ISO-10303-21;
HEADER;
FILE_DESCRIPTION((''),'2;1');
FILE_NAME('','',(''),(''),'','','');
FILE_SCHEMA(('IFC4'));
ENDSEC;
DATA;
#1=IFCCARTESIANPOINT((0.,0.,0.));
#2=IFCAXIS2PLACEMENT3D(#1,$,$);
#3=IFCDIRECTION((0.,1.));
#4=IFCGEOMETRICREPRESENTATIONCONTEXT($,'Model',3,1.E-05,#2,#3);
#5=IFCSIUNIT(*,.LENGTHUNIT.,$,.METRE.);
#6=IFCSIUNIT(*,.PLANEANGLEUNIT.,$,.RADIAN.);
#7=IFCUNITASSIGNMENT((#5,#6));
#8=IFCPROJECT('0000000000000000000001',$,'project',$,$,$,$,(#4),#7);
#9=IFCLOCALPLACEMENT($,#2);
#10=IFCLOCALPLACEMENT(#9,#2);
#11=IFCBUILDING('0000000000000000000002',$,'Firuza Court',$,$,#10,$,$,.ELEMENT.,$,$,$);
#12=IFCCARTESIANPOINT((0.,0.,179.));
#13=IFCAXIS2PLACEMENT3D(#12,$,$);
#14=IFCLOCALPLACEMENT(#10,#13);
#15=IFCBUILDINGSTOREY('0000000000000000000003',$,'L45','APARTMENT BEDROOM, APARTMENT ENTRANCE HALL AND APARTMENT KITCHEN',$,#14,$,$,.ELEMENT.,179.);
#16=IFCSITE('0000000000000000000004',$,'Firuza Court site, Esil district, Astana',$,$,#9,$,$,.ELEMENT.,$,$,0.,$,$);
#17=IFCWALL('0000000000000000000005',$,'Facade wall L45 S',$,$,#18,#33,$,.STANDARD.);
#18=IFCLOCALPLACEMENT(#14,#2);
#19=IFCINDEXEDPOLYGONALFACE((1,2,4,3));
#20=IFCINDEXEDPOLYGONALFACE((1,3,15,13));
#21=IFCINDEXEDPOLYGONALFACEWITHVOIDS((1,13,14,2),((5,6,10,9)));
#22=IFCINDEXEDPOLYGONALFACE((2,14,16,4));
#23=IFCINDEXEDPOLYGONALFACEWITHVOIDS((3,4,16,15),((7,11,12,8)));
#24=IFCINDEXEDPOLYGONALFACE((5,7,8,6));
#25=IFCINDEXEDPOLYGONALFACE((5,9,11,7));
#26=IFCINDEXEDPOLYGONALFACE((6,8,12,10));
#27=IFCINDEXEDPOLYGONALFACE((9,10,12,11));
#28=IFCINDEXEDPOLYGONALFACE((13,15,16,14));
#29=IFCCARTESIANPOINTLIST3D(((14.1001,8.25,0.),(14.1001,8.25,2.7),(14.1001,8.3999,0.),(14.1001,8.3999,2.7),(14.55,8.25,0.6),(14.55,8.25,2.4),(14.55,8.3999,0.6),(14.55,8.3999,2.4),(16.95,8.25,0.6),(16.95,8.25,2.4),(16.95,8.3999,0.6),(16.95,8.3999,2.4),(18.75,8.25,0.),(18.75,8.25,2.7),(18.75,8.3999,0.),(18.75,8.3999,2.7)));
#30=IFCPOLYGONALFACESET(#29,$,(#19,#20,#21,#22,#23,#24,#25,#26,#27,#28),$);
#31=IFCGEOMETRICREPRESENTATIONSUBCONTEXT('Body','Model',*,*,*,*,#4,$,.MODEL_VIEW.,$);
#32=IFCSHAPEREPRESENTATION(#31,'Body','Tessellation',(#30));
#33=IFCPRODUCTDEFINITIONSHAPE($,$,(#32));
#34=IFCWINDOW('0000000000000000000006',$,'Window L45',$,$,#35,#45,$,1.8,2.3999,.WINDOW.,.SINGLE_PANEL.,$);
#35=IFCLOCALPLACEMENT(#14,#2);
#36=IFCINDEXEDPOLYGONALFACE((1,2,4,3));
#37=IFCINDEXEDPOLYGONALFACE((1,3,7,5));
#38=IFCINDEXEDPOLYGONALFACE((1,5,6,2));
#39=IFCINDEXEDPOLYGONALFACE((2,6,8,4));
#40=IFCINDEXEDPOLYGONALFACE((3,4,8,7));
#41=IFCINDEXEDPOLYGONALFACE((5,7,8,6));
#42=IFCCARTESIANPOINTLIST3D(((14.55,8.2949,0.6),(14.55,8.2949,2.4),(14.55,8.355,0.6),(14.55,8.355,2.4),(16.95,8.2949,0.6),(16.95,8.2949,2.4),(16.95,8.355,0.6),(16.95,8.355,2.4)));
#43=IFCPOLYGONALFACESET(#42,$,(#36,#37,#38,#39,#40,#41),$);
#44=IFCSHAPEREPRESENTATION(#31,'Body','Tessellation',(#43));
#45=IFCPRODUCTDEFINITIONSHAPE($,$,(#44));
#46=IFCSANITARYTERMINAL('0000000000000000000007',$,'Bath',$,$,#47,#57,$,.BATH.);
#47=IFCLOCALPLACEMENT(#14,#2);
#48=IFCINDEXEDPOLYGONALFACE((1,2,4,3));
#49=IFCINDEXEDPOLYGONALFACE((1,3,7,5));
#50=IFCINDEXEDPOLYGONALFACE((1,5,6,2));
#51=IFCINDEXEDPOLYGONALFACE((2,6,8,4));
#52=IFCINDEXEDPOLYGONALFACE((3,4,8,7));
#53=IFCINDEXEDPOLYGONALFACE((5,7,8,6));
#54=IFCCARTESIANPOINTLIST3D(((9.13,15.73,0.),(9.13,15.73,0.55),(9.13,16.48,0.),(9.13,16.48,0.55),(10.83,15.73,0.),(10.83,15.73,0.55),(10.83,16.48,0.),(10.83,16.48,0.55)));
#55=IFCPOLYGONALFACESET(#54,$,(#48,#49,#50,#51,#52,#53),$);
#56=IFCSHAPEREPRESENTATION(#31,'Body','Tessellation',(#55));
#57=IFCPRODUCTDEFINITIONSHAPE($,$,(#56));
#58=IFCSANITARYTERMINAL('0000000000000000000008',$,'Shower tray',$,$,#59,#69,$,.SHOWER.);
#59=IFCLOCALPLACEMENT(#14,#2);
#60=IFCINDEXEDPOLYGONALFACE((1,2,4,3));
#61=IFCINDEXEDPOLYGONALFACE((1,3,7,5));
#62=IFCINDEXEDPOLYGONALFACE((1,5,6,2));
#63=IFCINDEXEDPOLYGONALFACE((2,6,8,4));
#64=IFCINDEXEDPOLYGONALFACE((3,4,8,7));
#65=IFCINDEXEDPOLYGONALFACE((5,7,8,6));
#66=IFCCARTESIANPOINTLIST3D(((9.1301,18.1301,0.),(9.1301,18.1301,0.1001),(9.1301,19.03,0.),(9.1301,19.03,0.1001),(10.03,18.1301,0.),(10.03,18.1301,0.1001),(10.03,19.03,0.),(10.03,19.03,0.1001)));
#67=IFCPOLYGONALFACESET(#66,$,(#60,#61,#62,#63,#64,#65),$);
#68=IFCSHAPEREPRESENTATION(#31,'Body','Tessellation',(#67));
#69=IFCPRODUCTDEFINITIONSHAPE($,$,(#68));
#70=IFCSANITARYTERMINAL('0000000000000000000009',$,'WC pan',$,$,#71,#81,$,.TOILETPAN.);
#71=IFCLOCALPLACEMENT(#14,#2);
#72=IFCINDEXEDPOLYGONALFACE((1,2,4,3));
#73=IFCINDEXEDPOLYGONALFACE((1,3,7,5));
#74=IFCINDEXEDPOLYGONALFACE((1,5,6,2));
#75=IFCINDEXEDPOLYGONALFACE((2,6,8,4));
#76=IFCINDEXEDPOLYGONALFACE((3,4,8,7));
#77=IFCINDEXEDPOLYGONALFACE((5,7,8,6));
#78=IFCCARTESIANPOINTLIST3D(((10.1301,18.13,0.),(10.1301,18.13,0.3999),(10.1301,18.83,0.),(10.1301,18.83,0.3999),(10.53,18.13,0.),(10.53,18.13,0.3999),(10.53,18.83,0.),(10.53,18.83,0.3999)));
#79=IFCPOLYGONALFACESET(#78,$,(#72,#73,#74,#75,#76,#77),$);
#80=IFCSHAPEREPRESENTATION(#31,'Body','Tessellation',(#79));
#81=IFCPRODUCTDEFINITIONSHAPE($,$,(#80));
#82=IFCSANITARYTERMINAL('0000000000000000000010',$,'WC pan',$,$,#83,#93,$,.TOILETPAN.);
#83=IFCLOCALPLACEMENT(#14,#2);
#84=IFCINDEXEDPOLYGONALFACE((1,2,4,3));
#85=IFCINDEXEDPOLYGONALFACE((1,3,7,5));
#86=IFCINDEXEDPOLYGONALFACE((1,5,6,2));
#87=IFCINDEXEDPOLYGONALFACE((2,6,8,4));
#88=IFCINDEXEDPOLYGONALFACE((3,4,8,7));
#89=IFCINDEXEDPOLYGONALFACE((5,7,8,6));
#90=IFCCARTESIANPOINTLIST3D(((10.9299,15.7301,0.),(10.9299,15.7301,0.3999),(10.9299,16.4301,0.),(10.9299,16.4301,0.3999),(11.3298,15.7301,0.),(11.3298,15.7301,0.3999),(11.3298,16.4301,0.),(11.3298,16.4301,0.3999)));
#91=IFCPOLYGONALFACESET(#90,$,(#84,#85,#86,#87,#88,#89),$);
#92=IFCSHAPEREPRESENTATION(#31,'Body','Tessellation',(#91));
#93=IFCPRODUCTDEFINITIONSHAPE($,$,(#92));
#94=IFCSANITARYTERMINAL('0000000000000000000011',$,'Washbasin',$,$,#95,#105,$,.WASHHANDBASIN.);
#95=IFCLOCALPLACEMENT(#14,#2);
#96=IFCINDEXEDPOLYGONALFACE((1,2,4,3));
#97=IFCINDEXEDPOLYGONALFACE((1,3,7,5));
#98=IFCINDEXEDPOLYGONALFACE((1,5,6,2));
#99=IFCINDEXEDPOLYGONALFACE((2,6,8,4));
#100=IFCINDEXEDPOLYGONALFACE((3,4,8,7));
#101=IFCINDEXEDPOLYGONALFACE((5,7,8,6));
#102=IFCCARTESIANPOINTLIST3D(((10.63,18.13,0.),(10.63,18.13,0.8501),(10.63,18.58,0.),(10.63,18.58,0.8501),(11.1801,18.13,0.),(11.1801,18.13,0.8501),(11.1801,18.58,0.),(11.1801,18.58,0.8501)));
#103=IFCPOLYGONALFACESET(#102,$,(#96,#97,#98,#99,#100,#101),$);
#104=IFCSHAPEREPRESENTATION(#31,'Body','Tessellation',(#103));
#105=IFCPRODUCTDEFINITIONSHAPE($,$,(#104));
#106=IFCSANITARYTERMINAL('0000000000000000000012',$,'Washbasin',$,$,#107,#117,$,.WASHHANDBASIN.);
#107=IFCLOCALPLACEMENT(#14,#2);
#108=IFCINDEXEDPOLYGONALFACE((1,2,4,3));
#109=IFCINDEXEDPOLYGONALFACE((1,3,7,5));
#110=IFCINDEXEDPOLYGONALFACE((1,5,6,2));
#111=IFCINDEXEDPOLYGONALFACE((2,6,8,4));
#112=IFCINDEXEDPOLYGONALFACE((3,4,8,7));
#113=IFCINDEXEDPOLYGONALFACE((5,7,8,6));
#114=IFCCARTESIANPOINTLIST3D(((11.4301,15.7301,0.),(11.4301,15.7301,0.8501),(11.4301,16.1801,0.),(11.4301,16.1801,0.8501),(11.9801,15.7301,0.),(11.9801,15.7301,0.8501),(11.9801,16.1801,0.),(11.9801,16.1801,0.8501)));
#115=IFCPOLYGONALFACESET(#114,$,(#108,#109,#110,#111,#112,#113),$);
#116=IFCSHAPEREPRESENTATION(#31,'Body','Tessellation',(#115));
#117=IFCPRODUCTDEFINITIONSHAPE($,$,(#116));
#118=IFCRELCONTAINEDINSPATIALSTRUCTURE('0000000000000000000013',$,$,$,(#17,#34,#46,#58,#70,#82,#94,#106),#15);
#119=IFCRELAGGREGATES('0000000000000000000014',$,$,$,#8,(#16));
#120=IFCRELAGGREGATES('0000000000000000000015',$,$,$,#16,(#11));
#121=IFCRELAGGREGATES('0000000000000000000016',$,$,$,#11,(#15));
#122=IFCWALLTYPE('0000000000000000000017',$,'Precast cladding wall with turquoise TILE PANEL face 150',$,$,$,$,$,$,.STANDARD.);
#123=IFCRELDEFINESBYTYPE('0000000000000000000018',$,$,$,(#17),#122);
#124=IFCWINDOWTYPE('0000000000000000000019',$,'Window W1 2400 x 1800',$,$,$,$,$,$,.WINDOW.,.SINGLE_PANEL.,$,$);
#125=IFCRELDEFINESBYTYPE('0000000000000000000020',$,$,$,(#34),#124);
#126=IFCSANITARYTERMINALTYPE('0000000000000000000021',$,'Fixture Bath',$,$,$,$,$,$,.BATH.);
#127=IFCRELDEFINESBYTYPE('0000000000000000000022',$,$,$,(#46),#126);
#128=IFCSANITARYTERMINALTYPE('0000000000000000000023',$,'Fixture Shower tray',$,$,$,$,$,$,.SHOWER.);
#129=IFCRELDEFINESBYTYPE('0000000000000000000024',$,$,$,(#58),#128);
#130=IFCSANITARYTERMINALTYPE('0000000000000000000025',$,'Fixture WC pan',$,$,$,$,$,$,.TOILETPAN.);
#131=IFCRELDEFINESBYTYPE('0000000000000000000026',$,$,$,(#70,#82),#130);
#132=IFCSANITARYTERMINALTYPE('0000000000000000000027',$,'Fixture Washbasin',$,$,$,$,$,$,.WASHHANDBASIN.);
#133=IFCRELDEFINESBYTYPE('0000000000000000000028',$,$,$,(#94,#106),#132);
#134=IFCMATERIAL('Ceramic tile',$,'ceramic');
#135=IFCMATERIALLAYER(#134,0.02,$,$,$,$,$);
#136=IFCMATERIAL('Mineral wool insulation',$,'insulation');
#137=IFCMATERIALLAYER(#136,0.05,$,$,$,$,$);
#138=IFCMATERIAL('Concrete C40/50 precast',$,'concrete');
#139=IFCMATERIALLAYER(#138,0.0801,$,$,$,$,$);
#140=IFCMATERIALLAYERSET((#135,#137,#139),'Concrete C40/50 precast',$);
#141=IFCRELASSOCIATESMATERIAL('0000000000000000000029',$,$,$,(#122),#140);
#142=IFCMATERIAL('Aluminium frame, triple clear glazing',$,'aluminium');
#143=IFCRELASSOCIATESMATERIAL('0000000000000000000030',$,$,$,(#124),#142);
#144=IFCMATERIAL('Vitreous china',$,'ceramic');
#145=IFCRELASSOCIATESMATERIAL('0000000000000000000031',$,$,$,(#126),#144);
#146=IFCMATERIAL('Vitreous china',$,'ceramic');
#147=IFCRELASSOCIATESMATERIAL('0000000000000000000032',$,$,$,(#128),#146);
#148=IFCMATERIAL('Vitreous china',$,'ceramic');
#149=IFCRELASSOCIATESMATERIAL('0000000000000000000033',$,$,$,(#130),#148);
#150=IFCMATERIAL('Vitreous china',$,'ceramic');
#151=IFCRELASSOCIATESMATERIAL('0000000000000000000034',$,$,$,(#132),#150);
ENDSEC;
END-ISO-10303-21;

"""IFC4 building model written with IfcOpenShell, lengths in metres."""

from ifc_helpers import new_model, si_unit, direction, frame, frame_2d, origin, origin_2d, place, context, subcontext, project, spatial, rectangle, extrude, material, layer, layer_set, type_object, element, fill, save


model = new_model("IFC4")

# Units and contexts
model_context = context("Model", 3, precision=1e-05, world=origin(), true_north=direction((0.0, 1.0)))
body_context = subcontext(model_context, "Body", "Model", "MODEL_VIEW")
ifc_project = project(units=[si_unit("LENGTHUNIT", "METRE"), si_unit("PLANEANGLEUNIT", "RADIAN")], contexts=[model_context])

# Site, building, storey
site_placement = place(None, origin())
site = spatial("IfcSite", under=ifc_project, at=site_placement, Name="Firuza Court site, Esil district, Astana", CompositionType="ELEMENT", RefElevation=0.0)
building_placement = place(site_placement, origin())
building = spatial("IfcBuilding", under=site, at=building_placement, Name="Firuza Court", CompositionType="ELEMENT")
storey_placement = place(building_placement, frame((0.0, 0.0, 179.0)))
storey = spatial("IfcBuildingStorey", under=building, at=storey_placement, Name="L45", Description="APARTMENT BEDROOM, APARTMENT ENTRANCE HALL AND APARTMENT KITCHEN", CompositionType="ELEMENT", Elevation=179.0)

# Wall, opening, window
ifc_material_1 = material(Name="Ceramic tile", Category="ceramic")
ifc_layer_1 = layer(ifc_material_1, 0.02)
ifc_material_2 = material(Name="Mineral wool insulation", Category="insulation")
ifc_layer_2 = layer(ifc_material_2, 0.05)
ifc_material_3 = material(Name="Concrete C40/50 precast", Category="concrete")
ifc_layer_3 = layer(ifc_material_3, 0.0801)
ifc_layer_set_1 = layer_set([ifc_layer_1, ifc_layer_2, ifc_layer_3], Name="Concrete C40/50 precast")
wall_type_1 = type_object("IfcWallType", Name="Precast cladding wall with turquoise TILE PANEL face 150", PredefinedType="STANDARD", material=ifc_layer_set_1)
wall_1_placement = place(storey_placement, frame((14.1001, 8.325, 0.0), z_axis=(0.0, 0.0, 1.0), x_axis=(1.0, 0.0, 0.0)))
wall_1 = element("IfcWall", 1, at=wall_1_placement, inside=storey, type_object=wall_type_1, Name="Facade wall L45 S", PredefinedType="STANDARD", context=body_context, shape_type="SweptSolid", body=[
    extrude(rectangle(XDim=4.6499, YDim=0.1499, at=frame_2d((2.325, 0.0))), origin(), (0.0, 0.0, 1.0), 2.7),
])
opening_1_placement = place(wall_1_placement, frame((0.45, 0.0, 0.6001)))
opening_1 = element("IfcOpeningElement", 2, at=opening_1_placement, cuts=wall_1, PredefinedType="OPENING", context=body_context, shape_type="SweptSolid", body=[
    extrude(rectangle(XDim=2.3999, YDim=1.8, at=frame_2d((1.2, 0.8999))), frame((0.0, 0.0869, 0.0), z_axis=(0.0, -1.0, 0.0), x_axis=(1.0, 0.0, 0.0)), (0.0, 0.0, 1.0), 0.1738),
])
ifc_material_4 = material(Name="Aluminium frame, triple clear glazing", Category="aluminium")
window_type = type_object("IfcWindowType", Name="Window W1 2400 x 1800", PartitioningType="SINGLE_PANEL", PredefinedType="WINDOW", material=ifc_material_4)
window_placement = place(opening_1_placement, origin())
window = element("IfcWindow", 3, at=window_placement, inside=storey, type_object=window_type, Name="Window L45", OverallHeight=1.8, OverallWidth=2.3999, PartitioningType="SINGLE_PANEL", PredefinedType="WINDOW", context=body_context, shape_type="SweptSolid", body=[
    extrude(rectangle(XDim=2.3999, YDim=1.8, at=frame_2d((1.2, 0.8999))), frame((0.0, 0.03, 0.0), z_axis=(0.0, -1.0, 0.0), x_axis=(1.0, 0.0, 0.0)), (0.0, 0.0, 1.0), 0.0601),
])
fill(opening_1, window)

# Sanitary terminals
ifc_material_5 = material(Name="Vitreous china", Category="ceramic")
sanitary_terminal_type_1 = type_object("IfcSanitaryTerminalType", Name="Fixture Bath", PredefinedType="BATH", material=ifc_material_5)
sanitary_terminal_1_placement = place(storey_placement, frame((9.98, 16.105, 0.0), z_axis=(0.0, 0.0, 1.0), x_axis=(1.0, 0.0, 0.0)))
element("IfcSanitaryTerminal", 4, at=sanitary_terminal_1_placement, inside=storey, type_object=sanitary_terminal_type_1, Name="Bath", PredefinedType="BATH", context=body_context, shape_type="SweptSolid", body=[
    extrude(rectangle(XDim=1.7, YDim=0.75, at=origin_2d()), origin(), (0.0, 0.0, 1.0), 0.55),
])
ifc_material_6 = material(Name="Vitreous china", Category="ceramic")
sanitary_terminal_type_2 = type_object("IfcSanitaryTerminalType", Name="Fixture Shower tray", PredefinedType="SHOWER", material=ifc_material_6)
sanitary_terminal_2_placement = place(storey_placement, frame((9.5801, 18.5801, 0.0), z_axis=(0.0, 0.0, 1.0), x_axis=(1.0, 0.0, 0.0)))
element("IfcSanitaryTerminal", 5, at=sanitary_terminal_2_placement, inside=storey, type_object=sanitary_terminal_type_2, Name="Shower tray", PredefinedType="SHOWER", context=body_context, shape_type="SweptSolid", body=[
    extrude(rectangle(XDim=0.8999, YDim=0.8999, at=origin_2d()), origin(), (0.0, 0.0, 1.0), 0.1001),
])
ifc_material_7 = material(Name="Vitreous china", Category="ceramic")
sanitary_terminal_type_3 = type_object("IfcSanitaryTerminalType", Name="Fixture WC pan", PredefinedType="TOILETPAN", material=ifc_material_7)
for number, where, z_axis, x_axis, name in (
    (6, (10.3301, 18.48, 0.0), (0.0, 0.0, 1.0), (1.0, 0.0, 0.0), "WC pan"),
    (7, (11.1299, 16.0801, 0.0), (0.0, 0.0, 1.0), (1.0, 0.0, 0.0), "WC pan"),
):
    element("IfcSanitaryTerminal", number, at=place(storey_placement, frame(where, z_axis=z_axis, x_axis=x_axis)), inside=storey, type_object=sanitary_terminal_type_3, Name=name, PredefinedType="TOILETPAN", context=body_context, shape_type="SweptSolid", body=[
        extrude(rectangle(XDim=0.3999, YDim=0.7, at=origin_2d()), origin(), (0.0, 0.0, 1.0), 0.3999),
    ])
ifc_material_8 = material(Name="Vitreous china", Category="ceramic")
sanitary_terminal_type_4 = type_object("IfcSanitaryTerminalType", Name="Fixture Washbasin", PredefinedType="WASHHANDBASIN", material=ifc_material_8)
for number, where, z_axis, x_axis, name in (
    (8, (10.905, 18.355, 0.0), (0.0, 0.0, 1.0), (1.0, 0.0, 0.0), "Washbasin"),
    (9, (11.7051, 15.9551, 0.0), (0.0, 0.0, 1.0), (1.0, 0.0, 0.0), "Washbasin"),
):
    element("IfcSanitaryTerminal", number, at=place(storey_placement, frame(where, z_axis=z_axis, x_axis=x_axis)), inside=storey, type_object=sanitary_terminal_type_4, Name=name, PredefinedType="WASHHANDBASIN", context=body_context, shape_type="SweptSolid", body=[
        extrude(rectangle(XDim=0.55, YDim=0.45, at=origin_2d()), origin(), (0.0, 0.0, 1.0), 0.8501),
    ])

save(model, "model.ifc")
